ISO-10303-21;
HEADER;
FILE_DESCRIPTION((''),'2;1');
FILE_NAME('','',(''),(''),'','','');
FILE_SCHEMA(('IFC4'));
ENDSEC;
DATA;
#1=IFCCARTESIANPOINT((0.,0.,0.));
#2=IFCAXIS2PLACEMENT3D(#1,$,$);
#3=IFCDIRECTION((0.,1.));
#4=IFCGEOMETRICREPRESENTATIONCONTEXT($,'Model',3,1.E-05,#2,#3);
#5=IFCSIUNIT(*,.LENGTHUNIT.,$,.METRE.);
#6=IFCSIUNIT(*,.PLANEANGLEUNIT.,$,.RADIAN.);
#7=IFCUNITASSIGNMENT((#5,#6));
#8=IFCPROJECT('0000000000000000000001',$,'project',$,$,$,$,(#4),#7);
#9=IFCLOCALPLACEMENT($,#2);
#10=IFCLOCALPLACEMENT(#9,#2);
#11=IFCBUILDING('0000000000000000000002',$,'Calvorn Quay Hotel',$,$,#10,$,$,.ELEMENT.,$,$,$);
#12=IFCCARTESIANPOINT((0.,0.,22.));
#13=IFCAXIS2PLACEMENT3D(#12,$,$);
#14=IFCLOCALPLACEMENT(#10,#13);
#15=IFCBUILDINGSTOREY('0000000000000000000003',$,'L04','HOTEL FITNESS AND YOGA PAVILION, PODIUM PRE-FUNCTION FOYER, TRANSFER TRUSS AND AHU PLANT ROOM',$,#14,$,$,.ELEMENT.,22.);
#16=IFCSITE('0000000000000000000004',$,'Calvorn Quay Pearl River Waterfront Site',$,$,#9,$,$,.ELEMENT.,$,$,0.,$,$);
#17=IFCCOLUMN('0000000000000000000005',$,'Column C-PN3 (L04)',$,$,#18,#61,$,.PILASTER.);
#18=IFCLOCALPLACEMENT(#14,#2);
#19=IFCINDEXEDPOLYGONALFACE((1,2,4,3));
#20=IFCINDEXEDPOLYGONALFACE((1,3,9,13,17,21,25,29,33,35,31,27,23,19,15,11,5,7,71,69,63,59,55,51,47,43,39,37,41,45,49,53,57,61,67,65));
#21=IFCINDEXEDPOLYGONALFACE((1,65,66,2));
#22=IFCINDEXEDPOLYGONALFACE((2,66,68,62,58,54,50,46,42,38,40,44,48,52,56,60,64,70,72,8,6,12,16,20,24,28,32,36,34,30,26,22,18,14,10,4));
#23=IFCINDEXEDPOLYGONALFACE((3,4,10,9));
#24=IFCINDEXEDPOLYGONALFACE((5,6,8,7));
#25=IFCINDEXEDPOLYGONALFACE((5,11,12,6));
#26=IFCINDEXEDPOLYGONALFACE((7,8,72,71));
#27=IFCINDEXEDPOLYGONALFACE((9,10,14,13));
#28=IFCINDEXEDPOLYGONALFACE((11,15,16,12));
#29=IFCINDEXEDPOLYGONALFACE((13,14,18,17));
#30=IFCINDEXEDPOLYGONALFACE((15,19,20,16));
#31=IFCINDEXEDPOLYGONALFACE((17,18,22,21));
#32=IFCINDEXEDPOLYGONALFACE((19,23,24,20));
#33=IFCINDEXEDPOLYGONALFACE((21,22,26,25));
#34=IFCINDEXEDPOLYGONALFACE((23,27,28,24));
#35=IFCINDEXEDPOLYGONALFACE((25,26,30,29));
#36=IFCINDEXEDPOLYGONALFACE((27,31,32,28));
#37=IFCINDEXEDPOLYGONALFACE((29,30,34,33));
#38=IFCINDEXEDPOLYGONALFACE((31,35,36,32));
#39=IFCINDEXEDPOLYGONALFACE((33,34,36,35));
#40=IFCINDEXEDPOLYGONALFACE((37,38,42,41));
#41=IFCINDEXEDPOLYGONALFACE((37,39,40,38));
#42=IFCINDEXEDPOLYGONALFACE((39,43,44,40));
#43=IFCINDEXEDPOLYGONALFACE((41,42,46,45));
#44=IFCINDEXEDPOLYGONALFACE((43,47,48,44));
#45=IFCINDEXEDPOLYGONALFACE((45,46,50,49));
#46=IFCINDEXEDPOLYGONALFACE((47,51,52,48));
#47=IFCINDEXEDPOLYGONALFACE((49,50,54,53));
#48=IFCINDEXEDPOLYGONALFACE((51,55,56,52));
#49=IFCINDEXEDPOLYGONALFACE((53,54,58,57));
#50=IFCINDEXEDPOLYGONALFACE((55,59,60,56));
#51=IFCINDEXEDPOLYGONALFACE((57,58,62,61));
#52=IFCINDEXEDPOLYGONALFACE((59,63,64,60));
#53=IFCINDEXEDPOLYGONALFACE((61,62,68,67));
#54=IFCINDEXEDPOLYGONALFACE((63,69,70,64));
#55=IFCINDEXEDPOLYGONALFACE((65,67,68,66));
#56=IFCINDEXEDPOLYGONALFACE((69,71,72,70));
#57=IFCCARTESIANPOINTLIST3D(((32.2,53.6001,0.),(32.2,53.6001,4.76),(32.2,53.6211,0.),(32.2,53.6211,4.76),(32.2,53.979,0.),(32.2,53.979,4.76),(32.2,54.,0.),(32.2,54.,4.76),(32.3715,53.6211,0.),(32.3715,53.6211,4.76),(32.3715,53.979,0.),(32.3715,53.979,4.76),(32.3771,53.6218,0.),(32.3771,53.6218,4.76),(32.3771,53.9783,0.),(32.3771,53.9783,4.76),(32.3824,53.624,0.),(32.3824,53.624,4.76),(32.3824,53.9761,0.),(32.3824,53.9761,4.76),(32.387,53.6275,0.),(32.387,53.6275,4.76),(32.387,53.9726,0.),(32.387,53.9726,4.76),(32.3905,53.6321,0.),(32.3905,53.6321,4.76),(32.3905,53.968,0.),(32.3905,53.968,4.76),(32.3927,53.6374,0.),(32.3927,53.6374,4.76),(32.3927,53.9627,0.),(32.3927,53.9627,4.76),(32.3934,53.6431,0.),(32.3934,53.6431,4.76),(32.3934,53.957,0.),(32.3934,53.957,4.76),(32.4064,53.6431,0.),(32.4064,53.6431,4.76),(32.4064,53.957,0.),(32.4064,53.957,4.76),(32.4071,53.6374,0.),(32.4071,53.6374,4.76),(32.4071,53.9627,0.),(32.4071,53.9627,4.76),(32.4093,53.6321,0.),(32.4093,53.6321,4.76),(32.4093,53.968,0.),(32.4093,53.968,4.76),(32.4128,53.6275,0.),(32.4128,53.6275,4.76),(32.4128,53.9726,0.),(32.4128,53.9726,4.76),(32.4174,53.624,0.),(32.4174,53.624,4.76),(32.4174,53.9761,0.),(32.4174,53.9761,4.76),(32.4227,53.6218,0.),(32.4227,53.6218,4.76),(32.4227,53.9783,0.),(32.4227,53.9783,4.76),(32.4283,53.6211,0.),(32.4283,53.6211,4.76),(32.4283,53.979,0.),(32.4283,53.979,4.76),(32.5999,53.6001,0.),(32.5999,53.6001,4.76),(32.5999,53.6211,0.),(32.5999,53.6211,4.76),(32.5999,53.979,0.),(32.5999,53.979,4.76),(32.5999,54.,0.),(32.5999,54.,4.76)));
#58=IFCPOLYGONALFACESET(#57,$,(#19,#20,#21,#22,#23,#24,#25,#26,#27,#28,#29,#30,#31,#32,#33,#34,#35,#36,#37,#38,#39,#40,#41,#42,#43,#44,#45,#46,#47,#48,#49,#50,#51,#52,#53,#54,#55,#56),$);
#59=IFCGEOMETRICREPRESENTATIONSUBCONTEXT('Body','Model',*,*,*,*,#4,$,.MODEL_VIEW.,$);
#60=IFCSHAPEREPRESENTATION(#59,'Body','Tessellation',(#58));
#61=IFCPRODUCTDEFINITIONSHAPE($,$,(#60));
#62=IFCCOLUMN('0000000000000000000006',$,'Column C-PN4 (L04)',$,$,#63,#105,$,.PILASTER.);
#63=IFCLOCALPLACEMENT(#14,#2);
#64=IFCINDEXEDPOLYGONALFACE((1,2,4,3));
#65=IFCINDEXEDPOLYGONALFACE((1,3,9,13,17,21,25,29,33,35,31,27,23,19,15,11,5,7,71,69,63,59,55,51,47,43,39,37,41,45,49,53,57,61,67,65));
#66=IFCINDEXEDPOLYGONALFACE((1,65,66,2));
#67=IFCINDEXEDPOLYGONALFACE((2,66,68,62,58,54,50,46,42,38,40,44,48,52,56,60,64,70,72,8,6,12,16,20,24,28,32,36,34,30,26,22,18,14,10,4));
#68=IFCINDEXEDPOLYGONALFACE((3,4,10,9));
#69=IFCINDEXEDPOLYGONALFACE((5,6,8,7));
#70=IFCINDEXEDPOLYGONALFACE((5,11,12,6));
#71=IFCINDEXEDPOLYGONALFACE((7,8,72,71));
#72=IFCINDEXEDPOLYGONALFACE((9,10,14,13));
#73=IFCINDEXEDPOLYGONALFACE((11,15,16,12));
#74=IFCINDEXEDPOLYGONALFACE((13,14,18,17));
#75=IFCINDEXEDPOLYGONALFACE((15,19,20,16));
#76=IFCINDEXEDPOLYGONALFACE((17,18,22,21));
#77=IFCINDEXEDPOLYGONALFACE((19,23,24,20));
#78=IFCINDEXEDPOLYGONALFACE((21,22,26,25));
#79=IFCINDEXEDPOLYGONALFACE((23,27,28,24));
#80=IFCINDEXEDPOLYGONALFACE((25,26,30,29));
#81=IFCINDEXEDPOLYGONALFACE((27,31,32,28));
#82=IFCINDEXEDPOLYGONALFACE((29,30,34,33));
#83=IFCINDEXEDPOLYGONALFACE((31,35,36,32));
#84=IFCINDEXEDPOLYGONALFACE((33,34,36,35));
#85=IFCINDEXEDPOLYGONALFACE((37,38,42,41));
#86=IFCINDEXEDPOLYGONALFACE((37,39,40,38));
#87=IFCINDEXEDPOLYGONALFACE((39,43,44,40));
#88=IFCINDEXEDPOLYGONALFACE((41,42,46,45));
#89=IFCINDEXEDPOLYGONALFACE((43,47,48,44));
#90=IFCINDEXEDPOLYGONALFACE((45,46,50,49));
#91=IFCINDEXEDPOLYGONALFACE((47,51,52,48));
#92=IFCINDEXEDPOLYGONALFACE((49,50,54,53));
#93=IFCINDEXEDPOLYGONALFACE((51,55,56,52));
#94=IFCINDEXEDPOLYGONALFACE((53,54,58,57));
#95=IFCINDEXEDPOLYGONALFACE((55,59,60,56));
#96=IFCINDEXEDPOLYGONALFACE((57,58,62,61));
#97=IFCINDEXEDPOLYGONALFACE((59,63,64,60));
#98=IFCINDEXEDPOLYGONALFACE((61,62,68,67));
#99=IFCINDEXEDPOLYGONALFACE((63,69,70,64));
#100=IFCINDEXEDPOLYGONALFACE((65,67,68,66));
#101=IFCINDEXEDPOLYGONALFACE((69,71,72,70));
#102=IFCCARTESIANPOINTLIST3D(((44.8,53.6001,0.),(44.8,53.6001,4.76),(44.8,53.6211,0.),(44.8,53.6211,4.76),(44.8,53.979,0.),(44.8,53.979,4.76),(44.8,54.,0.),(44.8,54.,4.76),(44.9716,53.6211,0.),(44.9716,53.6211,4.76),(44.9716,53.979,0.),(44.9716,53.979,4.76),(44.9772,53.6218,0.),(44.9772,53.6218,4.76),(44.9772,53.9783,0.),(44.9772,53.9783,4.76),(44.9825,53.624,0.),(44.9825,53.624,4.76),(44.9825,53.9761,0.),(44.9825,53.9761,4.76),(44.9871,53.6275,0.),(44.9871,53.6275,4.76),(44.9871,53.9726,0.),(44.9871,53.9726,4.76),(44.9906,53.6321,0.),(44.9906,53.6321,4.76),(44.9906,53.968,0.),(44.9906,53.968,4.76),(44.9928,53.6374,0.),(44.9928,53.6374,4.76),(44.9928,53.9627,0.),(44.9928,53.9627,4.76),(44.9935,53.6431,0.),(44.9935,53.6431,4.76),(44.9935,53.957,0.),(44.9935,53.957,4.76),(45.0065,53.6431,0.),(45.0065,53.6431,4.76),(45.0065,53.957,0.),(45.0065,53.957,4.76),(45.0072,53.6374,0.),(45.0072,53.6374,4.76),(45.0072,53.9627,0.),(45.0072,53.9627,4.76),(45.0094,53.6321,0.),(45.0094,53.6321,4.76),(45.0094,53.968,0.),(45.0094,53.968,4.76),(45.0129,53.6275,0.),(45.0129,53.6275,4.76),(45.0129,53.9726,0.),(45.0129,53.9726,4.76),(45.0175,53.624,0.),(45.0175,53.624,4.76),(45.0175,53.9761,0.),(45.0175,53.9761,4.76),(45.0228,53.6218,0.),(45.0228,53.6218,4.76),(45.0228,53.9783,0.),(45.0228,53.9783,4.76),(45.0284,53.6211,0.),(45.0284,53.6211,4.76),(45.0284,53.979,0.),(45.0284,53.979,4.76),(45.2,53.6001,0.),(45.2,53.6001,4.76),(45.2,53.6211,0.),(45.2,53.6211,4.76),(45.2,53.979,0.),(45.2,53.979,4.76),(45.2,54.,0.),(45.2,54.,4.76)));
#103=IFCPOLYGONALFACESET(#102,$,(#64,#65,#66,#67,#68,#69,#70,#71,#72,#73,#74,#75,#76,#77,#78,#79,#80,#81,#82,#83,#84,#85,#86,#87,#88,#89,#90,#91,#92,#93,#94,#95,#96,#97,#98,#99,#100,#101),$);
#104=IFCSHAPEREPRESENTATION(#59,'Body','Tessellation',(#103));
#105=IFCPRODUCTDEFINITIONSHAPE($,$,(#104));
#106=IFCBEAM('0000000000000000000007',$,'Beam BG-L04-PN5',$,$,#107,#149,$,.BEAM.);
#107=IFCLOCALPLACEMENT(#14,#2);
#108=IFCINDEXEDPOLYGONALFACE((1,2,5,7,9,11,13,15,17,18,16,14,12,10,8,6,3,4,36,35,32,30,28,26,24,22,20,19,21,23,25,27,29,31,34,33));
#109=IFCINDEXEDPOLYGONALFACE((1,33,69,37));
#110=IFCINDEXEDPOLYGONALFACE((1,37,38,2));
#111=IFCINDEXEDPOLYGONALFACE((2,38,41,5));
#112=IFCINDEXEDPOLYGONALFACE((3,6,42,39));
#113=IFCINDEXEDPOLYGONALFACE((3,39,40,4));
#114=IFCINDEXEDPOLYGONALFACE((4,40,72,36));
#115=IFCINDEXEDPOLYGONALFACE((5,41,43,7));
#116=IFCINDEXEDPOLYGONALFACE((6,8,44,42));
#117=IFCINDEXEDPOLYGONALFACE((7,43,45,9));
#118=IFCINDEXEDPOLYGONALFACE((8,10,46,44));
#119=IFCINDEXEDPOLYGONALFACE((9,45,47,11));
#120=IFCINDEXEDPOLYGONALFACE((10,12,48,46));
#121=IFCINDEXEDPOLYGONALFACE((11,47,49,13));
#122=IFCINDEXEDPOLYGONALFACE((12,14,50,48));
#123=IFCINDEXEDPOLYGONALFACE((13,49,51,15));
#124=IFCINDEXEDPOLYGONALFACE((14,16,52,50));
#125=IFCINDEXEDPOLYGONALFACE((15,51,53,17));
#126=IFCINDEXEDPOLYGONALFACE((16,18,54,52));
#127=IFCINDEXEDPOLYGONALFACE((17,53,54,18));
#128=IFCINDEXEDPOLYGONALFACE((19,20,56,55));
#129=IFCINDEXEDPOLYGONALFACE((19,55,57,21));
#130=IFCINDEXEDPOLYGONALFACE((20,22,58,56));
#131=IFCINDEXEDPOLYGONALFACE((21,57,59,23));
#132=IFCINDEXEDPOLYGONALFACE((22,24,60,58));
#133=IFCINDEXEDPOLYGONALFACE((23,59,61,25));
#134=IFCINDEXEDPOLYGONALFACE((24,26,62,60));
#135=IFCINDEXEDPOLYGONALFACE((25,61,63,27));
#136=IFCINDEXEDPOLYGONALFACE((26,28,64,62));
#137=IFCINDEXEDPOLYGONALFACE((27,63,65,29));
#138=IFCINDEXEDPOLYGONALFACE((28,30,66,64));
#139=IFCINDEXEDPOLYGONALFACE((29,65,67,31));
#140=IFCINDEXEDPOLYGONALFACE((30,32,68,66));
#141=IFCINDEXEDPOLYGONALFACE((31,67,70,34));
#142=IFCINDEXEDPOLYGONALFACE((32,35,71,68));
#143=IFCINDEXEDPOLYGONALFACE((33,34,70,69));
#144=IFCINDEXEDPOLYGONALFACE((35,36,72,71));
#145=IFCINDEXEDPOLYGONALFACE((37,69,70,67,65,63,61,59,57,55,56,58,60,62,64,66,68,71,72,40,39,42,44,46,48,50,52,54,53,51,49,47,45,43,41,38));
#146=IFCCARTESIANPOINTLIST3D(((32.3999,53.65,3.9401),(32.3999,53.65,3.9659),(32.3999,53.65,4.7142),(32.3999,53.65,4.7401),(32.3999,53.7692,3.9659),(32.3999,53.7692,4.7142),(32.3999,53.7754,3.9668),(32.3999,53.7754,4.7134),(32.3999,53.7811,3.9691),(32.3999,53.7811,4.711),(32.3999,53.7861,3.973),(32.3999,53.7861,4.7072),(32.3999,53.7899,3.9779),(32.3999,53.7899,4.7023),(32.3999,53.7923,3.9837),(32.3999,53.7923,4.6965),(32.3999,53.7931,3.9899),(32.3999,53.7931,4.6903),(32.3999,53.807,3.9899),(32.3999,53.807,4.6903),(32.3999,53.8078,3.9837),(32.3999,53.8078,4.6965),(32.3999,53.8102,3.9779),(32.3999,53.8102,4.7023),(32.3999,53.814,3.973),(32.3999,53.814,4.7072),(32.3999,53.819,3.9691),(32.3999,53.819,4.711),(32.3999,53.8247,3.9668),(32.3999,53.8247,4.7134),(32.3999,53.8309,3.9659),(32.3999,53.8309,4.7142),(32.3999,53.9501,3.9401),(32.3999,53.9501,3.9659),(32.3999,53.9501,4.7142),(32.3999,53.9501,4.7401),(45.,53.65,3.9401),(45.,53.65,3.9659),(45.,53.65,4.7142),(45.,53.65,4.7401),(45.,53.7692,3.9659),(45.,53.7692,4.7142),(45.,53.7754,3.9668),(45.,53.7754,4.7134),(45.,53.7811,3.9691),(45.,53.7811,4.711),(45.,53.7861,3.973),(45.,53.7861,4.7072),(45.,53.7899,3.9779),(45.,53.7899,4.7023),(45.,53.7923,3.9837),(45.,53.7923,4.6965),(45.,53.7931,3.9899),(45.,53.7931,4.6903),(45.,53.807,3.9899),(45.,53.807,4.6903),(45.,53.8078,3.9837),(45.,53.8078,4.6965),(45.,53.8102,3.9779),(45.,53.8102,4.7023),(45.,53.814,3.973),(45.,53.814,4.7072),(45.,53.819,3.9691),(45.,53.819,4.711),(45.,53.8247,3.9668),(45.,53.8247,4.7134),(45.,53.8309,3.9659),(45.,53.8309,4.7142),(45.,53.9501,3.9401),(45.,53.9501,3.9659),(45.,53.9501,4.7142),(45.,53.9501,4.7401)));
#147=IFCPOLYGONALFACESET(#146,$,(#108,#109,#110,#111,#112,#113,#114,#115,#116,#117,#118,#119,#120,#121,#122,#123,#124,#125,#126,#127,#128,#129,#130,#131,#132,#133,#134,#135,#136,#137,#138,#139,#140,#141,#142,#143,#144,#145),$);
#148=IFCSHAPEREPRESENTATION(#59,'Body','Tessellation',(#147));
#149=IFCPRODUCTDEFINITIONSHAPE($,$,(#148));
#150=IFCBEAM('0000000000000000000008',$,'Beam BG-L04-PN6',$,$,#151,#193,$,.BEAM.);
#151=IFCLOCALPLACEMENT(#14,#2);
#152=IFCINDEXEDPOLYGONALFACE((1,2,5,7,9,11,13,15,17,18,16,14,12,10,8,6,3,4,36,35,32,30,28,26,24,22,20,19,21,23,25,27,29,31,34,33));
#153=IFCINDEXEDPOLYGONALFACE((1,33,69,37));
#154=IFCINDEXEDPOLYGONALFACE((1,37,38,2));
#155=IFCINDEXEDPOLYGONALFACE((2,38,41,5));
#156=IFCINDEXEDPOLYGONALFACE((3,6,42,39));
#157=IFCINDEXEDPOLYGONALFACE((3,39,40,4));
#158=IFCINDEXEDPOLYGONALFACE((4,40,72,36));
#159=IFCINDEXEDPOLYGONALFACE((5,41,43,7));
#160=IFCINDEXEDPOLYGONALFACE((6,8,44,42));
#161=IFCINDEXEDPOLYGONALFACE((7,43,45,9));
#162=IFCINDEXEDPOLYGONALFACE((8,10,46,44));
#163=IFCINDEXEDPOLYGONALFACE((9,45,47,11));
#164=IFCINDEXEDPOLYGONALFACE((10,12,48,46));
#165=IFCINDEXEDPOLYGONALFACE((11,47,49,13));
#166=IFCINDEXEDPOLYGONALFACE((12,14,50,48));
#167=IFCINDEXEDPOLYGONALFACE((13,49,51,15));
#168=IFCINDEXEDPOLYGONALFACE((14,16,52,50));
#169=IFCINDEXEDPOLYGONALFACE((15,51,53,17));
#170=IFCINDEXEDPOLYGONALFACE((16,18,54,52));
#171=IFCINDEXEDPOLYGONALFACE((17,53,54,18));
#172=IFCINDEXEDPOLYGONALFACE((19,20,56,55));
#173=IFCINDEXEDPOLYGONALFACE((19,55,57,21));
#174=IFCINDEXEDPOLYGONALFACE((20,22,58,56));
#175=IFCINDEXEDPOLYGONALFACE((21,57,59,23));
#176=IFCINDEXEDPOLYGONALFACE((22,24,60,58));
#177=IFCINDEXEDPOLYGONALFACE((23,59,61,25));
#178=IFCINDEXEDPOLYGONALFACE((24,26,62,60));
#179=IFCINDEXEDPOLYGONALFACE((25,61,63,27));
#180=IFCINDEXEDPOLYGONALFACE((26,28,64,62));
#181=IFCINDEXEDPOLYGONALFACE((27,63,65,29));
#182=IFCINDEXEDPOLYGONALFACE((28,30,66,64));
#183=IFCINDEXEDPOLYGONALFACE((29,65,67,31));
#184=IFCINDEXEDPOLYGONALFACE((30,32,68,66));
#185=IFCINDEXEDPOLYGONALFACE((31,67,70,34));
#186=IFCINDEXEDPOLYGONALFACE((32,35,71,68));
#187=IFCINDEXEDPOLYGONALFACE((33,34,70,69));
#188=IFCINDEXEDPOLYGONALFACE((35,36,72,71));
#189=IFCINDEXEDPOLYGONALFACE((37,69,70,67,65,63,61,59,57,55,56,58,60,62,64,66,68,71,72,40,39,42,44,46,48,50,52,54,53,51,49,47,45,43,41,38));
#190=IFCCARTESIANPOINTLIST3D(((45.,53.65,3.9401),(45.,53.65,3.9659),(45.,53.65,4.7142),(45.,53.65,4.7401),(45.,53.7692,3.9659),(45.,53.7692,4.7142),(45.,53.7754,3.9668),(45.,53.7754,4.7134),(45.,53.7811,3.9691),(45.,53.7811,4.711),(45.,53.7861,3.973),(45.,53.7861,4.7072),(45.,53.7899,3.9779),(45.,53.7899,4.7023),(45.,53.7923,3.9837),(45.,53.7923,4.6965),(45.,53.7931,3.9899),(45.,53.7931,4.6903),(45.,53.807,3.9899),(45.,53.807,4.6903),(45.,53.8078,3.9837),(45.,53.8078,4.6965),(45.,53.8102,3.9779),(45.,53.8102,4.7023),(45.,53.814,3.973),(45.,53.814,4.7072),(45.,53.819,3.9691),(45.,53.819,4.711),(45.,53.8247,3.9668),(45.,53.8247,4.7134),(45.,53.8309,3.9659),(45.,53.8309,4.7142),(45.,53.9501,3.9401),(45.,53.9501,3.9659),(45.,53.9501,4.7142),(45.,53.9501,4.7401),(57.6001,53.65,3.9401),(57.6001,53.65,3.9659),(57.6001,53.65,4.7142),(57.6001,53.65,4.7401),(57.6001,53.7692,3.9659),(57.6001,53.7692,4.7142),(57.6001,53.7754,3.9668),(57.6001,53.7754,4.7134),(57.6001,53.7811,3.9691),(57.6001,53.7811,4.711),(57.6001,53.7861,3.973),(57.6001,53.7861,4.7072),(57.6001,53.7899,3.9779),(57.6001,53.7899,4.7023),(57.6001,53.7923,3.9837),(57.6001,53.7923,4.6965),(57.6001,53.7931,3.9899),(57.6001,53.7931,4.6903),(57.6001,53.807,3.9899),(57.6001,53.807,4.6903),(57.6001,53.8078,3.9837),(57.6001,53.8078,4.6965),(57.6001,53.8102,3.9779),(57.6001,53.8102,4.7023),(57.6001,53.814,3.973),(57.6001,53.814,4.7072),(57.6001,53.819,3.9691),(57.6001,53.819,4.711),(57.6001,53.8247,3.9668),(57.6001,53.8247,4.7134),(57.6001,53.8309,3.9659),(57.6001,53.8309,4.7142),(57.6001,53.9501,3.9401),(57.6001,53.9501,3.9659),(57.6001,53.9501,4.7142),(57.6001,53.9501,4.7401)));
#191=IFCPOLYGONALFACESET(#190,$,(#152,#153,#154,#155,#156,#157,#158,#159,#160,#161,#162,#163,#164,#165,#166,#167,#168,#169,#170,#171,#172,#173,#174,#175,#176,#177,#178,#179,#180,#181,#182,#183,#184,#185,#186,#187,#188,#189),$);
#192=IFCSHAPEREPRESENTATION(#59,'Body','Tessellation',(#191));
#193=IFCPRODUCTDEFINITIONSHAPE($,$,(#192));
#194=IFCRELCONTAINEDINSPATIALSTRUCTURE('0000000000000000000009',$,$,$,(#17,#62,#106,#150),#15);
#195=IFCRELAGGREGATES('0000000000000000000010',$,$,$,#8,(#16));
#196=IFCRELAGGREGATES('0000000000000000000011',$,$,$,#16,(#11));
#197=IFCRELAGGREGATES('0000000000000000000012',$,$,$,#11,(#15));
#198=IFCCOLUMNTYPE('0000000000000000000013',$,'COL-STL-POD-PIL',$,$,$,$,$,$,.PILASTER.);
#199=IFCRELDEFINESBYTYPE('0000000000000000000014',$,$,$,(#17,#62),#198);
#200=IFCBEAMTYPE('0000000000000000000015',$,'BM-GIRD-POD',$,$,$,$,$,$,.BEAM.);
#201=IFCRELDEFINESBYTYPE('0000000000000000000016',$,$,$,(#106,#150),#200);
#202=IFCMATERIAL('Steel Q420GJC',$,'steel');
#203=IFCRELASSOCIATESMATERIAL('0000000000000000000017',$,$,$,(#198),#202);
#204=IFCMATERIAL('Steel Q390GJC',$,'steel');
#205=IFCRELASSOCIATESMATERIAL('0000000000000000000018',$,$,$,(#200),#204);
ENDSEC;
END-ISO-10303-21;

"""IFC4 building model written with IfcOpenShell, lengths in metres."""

from ifc_helpers import new_model, si_unit, direction, frame, origin, origin_2d, place, context, subcontext, project, spatial, i_section, extrude, material, material_profile, profile_set, type_object, element, save


model = new_model("IFC4")

# Units and contexts
model_context = context("Model", 3, precision=1e-05, world=origin(), true_north=direction((0.0, 1.0)))
body_context = subcontext(model_context, "Body", "Model", "MODEL_VIEW")
ifc_project = project(units=[si_unit("LENGTHUNIT", "METRE"), si_unit("PLANEANGLEUNIT", "RADIAN")], contexts=[model_context])

# Site, building, storey
site_placement = place(None, origin())
site = spatial("IfcSite", under=ifc_project, at=site_placement, Name="Calvorn Quay Pearl River Waterfront Site", CompositionType="ELEMENT", RefElevation=0.0)
building_placement = place(site_placement, origin())
building = spatial("IfcBuilding", under=site, at=building_placement, Name="Calvorn Quay Hotel", CompositionType="ELEMENT")
storey_placement = place(building_placement, frame((0.0, 0.0, 22.0)))
storey = spatial("IfcBuildingStorey", under=building, at=storey_placement, Name="L04", Description="HOTEL FITNESS AND YOGA PAVILION, PODIUM PRE-FUNCTION FOYER, TRANSFER TRUSS AND AHU PLANT ROOM", CompositionType="ELEMENT", Elevation=22.0)

# Columns
ifc_material_1 = material(Name="Steel Q420GJC", Category="steel")
ifc_material_profile_1 = material_profile(ifc_material_1, i_section(OverallWidth=0.3999, OverallDepth=0.3999, WebThickness=0.0129, FlangeThickness=0.021, FilletRadius=0.022, at=origin_2d()), Name="HW400x400x13x21")
ifc_profile_set_1 = profile_set([ifc_material_profile_1], Name="Steel Q420GJC")
column_type = type_object("IfcColumnType", Name="COL-STL-POD-PIL", PredefinedType="PILASTER", material=ifc_profile_set_1)
for number, where, z_axis, x_axis, name in (
    (1, (32.3999, 53.8, 0.0), (0.0, 0.0, 1.0), (1.0, 0.0, 0.0), "Column C-PN3 (L04)"),
    (2, (45.0, 53.8, 0.0), (0.0, 0.0, 1.0), (1.0, 0.0, 0.0), "Column C-PN4 (L04)"),
):
    element("IfcColumn", number, at=place(storey_placement, frame(where, z_axis=z_axis, x_axis=x_axis)), inside=storey, type_object=column_type, Name=name, PredefinedType="PILASTER", context=body_context, shape_type="SweptSolid", body=[
        extrude(i_section(OverallWidth=0.3999, OverallDepth=0.3999, WebThickness=0.0129, FlangeThickness=0.021, FilletRadius=0.022, at=origin_2d()), origin(), (0.0, 0.0, 1.0), 4.76),
    ])

# Beams
ifc_material_2 = material(Name="Steel Q390GJC", Category="steel")
ifc_material_profile_2 = material_profile(ifc_material_2, i_section(OverallWidth=0.3, OverallDepth=0.8, WebThickness=0.0139, FlangeThickness=0.0259, FilletRadius=0.0239, at=origin_2d()), Name="HN800x300x14x26")
ifc_profile_set_2 = profile_set([ifc_material_profile_2], Name="Steel Q390GJC")
beam_type = type_object("IfcBeamType", Name="BM-GIRD-POD", PredefinedType="BEAM", material=ifc_profile_set_2)
for number, where, z_axis, x_axis, name in (
    (3, (32.3999, 53.8, 4.3401), (1.0, 0.0, 0.0), (0.0, 1.0, 0.0), "Beam BG-L04-PN5"),
    (4, (45.0, 53.8, 4.3401), (1.0, 0.0, 0.0), (0.0, 1.0, 0.0), "Beam BG-L04-PN6"),
):
    element("IfcBeam", number, at=place(storey_placement, frame(where, z_axis=z_axis, x_axis=x_axis)), inside=storey, type_object=beam_type, Name=name, PredefinedType="BEAM", context=body_context, shape_type="SweptSolid", body=[
        extrude(i_section(OverallWidth=0.3, OverallDepth=0.8, WebThickness=0.0139, FlangeThickness=0.0259, FilletRadius=0.0239, at=origin_2d()), origin(), (0.0, 0.0, 1.0), 12.6001),
    ])

save(model, "model.ifc")
